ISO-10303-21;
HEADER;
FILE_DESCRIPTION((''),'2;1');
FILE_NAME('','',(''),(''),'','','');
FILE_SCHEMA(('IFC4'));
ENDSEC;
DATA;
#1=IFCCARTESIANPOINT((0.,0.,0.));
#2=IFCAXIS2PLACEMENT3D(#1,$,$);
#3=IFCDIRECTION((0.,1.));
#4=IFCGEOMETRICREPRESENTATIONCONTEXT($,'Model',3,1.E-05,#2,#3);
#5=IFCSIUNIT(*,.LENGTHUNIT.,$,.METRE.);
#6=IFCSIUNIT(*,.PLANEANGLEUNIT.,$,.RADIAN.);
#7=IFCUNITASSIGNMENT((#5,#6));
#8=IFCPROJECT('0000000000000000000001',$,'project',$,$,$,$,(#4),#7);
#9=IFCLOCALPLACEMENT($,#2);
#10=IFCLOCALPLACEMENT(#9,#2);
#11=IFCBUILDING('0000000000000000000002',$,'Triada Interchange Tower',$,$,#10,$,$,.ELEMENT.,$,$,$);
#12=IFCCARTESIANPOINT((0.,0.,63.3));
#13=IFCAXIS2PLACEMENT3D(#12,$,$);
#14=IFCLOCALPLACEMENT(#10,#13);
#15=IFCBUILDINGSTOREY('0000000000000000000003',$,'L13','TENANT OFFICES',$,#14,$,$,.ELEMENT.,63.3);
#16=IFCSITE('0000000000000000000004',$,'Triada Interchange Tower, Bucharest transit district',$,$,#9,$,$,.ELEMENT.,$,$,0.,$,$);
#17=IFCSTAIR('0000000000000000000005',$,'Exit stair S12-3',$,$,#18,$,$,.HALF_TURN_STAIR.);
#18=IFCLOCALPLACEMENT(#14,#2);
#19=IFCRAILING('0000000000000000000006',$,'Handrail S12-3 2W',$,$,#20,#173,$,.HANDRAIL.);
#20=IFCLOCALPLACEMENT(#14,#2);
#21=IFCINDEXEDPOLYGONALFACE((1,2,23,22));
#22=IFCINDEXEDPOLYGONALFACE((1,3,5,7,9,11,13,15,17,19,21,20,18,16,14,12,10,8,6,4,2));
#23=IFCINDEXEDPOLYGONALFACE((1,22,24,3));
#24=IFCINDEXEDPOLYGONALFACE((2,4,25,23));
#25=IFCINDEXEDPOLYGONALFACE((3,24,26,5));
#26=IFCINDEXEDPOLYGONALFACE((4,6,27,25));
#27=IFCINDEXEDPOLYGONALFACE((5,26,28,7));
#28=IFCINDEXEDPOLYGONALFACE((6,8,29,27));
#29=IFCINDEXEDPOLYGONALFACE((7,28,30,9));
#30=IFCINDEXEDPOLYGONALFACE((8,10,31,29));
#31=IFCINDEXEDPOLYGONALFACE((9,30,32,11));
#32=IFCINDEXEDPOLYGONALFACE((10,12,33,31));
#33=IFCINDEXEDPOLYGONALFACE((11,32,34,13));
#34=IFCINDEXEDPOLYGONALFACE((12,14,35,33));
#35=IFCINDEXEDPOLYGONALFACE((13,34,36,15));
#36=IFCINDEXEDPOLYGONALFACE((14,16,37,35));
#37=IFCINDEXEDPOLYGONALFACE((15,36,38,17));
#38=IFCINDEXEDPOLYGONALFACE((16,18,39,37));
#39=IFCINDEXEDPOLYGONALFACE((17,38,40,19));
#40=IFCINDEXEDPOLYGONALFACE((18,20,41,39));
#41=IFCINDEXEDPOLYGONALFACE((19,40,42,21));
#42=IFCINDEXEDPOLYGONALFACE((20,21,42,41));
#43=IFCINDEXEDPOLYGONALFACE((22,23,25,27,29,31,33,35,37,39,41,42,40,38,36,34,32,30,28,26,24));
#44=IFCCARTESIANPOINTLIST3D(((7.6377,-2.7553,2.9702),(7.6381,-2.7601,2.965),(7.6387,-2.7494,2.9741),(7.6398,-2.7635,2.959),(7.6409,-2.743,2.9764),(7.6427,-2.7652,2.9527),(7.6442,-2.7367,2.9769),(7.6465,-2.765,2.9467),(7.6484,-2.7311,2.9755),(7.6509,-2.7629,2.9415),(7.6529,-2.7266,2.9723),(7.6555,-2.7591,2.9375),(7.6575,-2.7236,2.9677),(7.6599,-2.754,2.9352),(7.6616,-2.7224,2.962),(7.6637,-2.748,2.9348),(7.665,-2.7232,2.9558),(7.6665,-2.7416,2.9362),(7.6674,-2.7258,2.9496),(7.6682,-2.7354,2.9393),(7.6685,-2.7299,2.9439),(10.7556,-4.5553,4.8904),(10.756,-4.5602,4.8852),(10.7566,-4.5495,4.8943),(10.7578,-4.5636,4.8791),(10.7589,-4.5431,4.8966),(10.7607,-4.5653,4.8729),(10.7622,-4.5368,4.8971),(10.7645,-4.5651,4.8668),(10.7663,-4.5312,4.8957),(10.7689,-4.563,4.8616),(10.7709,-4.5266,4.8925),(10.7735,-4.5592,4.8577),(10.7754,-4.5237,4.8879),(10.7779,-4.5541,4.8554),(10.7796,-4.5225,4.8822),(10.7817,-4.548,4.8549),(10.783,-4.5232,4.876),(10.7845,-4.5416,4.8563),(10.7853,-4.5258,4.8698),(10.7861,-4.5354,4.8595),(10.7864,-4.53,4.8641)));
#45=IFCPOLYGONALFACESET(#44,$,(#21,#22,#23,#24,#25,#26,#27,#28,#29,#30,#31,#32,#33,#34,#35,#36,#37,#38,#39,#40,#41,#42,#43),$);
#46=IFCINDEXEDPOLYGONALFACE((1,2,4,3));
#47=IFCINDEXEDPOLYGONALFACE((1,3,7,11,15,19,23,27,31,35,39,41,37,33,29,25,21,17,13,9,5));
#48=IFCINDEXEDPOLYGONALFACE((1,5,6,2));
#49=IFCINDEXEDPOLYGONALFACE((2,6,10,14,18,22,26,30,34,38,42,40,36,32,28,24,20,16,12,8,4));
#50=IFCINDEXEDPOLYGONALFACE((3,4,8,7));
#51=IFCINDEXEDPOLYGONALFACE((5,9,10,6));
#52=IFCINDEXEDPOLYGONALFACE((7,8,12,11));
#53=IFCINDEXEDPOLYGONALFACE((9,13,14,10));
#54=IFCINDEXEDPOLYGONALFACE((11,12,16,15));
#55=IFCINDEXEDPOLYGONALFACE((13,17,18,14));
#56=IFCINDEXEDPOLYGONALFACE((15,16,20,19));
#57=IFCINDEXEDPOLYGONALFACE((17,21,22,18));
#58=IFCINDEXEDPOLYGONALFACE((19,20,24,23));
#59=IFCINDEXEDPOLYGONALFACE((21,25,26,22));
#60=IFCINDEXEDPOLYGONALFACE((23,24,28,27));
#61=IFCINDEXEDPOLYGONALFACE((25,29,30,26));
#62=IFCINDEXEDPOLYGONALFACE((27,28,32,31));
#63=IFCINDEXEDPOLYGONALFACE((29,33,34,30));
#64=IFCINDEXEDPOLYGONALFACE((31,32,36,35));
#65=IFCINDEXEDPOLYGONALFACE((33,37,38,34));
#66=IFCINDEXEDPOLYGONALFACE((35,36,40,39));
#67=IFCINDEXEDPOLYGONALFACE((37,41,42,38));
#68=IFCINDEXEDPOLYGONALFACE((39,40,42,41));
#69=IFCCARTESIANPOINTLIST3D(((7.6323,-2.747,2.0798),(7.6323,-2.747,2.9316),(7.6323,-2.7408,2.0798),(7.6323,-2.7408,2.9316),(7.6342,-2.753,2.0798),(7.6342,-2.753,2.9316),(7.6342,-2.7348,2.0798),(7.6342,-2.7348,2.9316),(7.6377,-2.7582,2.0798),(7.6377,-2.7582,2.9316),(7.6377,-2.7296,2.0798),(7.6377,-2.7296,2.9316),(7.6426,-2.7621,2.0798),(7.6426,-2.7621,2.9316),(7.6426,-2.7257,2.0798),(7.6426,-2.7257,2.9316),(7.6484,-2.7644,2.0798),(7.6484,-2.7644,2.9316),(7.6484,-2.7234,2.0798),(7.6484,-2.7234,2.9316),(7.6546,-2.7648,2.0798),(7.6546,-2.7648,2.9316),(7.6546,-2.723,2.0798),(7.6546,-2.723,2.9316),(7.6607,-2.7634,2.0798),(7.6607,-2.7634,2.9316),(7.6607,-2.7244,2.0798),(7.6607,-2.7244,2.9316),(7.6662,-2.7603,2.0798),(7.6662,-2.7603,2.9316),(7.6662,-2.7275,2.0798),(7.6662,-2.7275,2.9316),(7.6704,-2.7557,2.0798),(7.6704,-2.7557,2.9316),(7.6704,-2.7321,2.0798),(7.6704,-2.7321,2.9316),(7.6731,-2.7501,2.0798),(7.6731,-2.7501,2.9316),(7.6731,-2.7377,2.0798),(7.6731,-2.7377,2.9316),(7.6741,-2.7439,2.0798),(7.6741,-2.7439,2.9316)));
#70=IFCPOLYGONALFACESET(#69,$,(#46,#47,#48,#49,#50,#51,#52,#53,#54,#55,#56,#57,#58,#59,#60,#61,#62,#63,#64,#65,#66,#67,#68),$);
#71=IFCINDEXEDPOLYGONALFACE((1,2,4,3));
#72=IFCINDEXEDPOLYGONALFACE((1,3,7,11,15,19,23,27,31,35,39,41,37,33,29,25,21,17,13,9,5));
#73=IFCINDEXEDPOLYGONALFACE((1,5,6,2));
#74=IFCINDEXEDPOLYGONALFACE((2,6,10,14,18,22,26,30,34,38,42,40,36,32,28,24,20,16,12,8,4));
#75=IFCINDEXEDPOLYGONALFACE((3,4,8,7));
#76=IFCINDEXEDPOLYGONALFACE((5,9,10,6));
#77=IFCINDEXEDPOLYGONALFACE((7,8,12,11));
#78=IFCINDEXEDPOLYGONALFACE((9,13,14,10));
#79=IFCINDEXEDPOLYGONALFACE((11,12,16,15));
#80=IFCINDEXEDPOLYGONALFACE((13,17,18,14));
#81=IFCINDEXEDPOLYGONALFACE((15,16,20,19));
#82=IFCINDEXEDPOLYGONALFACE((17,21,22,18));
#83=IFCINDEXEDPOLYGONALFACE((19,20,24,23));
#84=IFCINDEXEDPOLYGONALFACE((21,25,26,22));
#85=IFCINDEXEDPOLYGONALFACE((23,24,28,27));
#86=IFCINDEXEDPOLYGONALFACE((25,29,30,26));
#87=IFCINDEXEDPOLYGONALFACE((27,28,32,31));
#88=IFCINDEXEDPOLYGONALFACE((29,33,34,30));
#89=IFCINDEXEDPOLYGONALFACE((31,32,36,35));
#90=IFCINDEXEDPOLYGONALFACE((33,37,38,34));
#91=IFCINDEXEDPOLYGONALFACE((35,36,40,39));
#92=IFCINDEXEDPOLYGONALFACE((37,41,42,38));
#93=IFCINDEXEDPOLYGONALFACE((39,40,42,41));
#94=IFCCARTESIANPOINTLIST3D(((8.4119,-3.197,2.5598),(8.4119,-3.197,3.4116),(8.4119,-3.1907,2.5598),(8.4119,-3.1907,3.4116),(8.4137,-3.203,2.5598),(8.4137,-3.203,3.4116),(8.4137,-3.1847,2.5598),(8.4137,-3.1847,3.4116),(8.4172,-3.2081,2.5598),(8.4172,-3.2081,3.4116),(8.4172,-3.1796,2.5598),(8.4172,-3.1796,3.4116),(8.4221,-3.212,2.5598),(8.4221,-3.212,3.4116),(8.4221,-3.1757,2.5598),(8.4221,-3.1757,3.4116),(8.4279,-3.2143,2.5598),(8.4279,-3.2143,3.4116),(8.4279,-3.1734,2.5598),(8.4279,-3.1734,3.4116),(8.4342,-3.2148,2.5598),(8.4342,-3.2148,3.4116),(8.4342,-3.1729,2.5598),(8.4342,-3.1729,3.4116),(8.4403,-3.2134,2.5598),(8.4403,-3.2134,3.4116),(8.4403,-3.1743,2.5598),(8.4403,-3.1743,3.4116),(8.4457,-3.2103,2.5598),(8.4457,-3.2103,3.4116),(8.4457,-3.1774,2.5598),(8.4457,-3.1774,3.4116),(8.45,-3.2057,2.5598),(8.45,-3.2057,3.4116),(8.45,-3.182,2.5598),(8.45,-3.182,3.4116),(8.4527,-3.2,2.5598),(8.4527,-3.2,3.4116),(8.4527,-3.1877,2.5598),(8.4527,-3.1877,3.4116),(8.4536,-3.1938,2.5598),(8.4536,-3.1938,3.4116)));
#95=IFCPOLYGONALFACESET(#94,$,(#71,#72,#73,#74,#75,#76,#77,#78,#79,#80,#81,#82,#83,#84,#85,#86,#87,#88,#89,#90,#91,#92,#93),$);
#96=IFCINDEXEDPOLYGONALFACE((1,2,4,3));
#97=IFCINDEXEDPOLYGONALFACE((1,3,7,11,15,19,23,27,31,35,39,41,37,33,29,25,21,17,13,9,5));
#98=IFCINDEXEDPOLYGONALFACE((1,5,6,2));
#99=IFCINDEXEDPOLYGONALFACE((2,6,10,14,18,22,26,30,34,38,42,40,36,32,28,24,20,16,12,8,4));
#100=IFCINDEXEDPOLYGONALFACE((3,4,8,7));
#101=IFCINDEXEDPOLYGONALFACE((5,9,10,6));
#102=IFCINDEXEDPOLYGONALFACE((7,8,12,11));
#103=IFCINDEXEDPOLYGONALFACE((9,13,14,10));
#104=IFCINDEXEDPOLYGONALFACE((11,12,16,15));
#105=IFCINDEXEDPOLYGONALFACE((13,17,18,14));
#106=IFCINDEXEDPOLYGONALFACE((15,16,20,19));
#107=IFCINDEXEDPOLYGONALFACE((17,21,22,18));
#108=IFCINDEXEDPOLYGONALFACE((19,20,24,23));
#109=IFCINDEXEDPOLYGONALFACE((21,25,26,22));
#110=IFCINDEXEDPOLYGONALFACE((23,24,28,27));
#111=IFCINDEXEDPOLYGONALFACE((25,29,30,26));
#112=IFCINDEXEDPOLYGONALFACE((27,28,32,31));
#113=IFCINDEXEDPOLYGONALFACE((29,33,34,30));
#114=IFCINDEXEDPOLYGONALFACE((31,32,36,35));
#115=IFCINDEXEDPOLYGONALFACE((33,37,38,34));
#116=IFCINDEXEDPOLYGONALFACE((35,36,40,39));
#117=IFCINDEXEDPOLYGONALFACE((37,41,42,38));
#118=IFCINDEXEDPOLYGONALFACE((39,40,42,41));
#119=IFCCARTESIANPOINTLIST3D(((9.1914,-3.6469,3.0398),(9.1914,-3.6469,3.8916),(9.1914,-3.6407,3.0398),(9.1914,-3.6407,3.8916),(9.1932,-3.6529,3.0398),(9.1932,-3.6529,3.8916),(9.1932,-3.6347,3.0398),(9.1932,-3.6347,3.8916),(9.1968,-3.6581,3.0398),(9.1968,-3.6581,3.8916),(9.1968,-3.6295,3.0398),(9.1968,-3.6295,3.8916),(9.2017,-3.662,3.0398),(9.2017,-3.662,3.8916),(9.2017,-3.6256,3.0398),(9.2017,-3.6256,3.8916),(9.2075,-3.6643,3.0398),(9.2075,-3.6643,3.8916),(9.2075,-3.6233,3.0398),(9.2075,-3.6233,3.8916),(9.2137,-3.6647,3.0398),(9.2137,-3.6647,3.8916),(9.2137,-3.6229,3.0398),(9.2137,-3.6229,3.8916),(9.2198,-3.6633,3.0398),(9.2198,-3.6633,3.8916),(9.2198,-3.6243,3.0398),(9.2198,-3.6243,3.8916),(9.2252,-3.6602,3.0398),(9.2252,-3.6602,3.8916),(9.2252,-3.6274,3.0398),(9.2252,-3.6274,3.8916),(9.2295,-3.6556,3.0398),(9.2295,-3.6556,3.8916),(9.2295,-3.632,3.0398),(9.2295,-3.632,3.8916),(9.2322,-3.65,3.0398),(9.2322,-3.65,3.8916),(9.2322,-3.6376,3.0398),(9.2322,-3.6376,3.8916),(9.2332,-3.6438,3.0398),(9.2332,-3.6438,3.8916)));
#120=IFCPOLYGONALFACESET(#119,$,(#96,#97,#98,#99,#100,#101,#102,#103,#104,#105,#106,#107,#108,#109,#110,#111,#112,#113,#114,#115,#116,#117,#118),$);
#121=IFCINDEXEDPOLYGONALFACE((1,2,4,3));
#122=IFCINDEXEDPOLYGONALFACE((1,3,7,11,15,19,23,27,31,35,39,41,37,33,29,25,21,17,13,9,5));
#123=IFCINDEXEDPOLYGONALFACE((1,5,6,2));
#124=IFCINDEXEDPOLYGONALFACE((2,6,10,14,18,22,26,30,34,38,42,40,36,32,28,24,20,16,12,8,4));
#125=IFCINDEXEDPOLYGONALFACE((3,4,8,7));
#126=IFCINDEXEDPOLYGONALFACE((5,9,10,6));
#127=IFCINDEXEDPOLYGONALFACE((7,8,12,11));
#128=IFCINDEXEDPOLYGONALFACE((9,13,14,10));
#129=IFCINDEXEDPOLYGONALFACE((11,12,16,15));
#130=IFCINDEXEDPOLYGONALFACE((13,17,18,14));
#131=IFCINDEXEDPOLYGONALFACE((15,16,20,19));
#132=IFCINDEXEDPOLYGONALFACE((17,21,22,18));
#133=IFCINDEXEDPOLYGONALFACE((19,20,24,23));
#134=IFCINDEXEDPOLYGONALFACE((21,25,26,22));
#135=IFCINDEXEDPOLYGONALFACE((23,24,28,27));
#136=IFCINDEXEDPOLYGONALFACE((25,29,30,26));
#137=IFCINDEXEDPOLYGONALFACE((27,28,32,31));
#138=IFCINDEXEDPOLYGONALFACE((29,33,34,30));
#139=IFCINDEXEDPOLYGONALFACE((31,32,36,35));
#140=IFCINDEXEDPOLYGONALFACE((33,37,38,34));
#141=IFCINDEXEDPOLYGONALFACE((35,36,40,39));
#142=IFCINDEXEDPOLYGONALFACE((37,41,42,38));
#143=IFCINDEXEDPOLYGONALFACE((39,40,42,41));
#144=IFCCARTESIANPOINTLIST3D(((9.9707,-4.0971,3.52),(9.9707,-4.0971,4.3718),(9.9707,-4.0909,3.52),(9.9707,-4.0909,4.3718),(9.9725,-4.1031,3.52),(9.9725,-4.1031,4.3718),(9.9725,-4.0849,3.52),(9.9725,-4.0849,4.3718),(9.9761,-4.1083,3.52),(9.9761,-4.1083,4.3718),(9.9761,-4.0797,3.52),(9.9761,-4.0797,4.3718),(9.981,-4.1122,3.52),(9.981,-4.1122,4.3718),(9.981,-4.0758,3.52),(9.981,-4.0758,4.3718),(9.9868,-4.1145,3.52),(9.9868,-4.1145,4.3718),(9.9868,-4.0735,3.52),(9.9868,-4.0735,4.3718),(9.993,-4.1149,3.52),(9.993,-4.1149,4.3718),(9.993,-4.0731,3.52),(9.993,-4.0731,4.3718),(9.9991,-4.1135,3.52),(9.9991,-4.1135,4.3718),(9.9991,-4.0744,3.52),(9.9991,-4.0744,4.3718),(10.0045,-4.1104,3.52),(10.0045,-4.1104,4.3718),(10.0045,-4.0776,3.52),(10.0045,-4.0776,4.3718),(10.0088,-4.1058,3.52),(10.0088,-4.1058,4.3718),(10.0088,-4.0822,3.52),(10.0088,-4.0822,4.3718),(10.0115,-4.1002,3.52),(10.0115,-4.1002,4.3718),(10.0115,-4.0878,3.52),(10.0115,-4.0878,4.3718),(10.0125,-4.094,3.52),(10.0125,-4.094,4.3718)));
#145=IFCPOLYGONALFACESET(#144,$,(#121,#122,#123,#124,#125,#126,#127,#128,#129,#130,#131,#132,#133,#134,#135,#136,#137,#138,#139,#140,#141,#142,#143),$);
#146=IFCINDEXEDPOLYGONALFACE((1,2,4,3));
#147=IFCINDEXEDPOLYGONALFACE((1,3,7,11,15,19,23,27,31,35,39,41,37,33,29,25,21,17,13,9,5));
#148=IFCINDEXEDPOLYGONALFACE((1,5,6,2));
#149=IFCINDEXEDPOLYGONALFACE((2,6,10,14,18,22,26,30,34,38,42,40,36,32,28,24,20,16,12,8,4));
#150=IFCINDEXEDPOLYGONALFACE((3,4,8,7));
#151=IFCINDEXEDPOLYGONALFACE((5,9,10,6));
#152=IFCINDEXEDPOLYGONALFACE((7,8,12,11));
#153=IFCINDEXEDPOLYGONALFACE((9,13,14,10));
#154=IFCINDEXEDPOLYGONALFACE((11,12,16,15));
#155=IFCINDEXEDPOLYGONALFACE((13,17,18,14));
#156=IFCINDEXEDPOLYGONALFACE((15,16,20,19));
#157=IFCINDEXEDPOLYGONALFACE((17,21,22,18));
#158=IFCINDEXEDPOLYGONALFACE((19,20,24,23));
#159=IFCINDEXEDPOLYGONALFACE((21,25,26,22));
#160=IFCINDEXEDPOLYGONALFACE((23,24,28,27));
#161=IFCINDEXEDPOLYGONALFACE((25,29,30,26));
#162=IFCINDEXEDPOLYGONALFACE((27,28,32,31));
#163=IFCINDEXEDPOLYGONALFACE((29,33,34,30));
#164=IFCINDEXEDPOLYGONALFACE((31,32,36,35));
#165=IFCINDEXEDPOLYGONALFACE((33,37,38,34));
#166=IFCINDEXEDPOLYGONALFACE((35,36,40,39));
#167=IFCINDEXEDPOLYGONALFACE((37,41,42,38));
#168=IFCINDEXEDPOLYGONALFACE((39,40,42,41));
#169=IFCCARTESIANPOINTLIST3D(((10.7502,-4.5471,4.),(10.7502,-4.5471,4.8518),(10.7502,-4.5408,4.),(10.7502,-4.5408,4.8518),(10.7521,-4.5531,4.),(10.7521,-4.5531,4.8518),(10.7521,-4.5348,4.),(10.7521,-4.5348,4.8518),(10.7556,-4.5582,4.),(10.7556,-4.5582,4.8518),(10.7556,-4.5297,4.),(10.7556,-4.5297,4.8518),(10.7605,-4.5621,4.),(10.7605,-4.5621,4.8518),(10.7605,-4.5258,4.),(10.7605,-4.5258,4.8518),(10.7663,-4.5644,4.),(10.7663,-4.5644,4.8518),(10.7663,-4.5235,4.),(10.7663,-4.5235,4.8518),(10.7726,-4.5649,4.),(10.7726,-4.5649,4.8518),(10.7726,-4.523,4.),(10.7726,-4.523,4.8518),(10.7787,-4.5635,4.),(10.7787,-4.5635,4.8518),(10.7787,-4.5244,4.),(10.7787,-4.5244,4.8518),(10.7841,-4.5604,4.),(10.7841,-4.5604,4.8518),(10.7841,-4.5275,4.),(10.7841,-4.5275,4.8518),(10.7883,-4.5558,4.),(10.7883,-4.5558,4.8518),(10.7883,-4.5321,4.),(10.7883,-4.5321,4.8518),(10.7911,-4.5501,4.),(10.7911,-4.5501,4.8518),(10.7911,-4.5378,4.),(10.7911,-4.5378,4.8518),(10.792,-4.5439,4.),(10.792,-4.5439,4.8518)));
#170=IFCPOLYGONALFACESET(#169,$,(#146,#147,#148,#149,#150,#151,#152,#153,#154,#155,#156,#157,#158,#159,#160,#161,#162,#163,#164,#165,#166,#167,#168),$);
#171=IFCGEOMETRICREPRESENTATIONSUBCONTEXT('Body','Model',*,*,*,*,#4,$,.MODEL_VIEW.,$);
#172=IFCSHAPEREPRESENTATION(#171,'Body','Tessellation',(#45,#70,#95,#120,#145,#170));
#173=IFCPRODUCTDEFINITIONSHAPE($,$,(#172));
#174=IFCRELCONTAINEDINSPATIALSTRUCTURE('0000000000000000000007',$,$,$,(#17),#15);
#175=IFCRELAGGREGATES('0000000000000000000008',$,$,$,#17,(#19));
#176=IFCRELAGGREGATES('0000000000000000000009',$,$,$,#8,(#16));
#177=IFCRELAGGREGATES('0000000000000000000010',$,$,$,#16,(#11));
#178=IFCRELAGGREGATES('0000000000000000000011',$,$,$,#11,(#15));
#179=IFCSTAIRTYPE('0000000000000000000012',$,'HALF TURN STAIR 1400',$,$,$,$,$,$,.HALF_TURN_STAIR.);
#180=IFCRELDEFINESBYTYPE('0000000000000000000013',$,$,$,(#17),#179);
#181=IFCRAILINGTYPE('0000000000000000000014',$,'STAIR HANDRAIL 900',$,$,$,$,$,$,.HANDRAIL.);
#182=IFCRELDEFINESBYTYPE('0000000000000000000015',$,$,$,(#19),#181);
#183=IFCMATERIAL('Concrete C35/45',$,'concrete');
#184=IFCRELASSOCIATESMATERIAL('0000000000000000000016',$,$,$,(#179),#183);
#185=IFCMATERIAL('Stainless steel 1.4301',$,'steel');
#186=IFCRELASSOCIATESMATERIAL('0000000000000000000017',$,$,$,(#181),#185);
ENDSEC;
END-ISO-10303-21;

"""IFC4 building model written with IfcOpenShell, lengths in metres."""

from ifc_helpers import new_model, si_unit, direction, frame, origin, origin_2d, place, context, subcontext, project, spatial, circle, extrude, material, type_object, element, aggregate, save


model = new_model("IFC4")

# Units and contexts
model_context = context("Model", 3, precision=1e-05, world=origin(), true_north=direction((0.0, 1.0)))
body_context = subcontext(model_context, "Body", "Model", "MODEL_VIEW")
ifc_project = project(units=[si_unit("LENGTHUNIT", "METRE"), si_unit("PLANEANGLEUNIT", "RADIAN")], contexts=[model_context])

# Site, building, storey
site_placement = place(None, origin())
site = spatial("IfcSite", under=ifc_project, at=site_placement, Name="Triada Interchange Tower, Bucharest transit district", CompositionType="ELEMENT", RefElevation=0.0)
building_placement = place(site_placement, origin())
building = spatial("IfcBuilding", under=site, at=building_placement, Name="Triada Interchange Tower", CompositionType="ELEMENT")
storey_placement = place(building_placement, frame((0.0, 0.0, 63.3)))
storey = spatial("IfcBuildingStorey", under=building, at=storey_placement, Name="L13", Description="TENANT OFFICES", CompositionType="ELEMENT", Elevation=63.3)

# Stair, railing
ifc_material_1 = material(Name="Concrete C35/45", Category="concrete")
stair_type = type_object("IfcStairType", Name="HALF TURN STAIR 1400", PredefinedType="HALF_TURN_STAIR", material=ifc_material_1)
stair_placement = place(storey_placement, origin())
stair = element("IfcStair", 1, at=stair_placement, inside=storey, type_object=stair_type, Name="Exit stair S12-3", PredefinedType="HALF_TURN_STAIR")
ifc_material_2 = material(Name="Stainless steel 1.4301", Category="steel")
railing_type = type_object("IfcRailingType", Name="STAIR HANDRAIL 900", PredefinedType="HANDRAIL", material=ifc_material_2)
railing_1_placement = place(storey_placement, frame((7.6531, -2.7439, 2.0798)))
railing_1 = element("IfcRailing", 2, at=railing_1_placement, type_object=railing_type, Name="Handrail S12-3 2W", PredefinedType="HANDRAIL", context=body_context, shape_type="SweptSolid", body=[
    extrude(circle(Radius=0.0239, at=origin_2d()), frame((0.0, 0.0, 0.876), z_axis=(0.764145, -0.441159, 0.470597), x_axis=(0.499983, 0.866035, 0.0)), (0.0, 0.0, 1.0), 4.0803),
    extrude(circle(Radius=0.021, at=origin_2d()), origin(), (0.0, 0.0, 1.0), 0.8518),
    extrude(circle(Radius=0.021, at=origin_2d()), frame((0.7795, -0.45, 0.48)), (0.0, 0.0, 1.0), 0.8518),
    extrude(circle(Radius=0.021, at=origin_2d()), frame((1.5591, -0.8999, 0.96)), (0.0, 0.0, 1.0), 0.8518),
    extrude(circle(Radius=0.021, at=origin_2d()), frame((2.3384, -1.3501, 1.4402)), (0.0, 0.0, 1.0), 0.8518),
    extrude(circle(Radius=0.021, at=origin_2d()), frame((3.1179, -1.8, 1.9202)), (0.0, 0.0, 1.0), 0.8518),
])
aggregate(stair, [railing_1])

save(model, "model.ifc")
